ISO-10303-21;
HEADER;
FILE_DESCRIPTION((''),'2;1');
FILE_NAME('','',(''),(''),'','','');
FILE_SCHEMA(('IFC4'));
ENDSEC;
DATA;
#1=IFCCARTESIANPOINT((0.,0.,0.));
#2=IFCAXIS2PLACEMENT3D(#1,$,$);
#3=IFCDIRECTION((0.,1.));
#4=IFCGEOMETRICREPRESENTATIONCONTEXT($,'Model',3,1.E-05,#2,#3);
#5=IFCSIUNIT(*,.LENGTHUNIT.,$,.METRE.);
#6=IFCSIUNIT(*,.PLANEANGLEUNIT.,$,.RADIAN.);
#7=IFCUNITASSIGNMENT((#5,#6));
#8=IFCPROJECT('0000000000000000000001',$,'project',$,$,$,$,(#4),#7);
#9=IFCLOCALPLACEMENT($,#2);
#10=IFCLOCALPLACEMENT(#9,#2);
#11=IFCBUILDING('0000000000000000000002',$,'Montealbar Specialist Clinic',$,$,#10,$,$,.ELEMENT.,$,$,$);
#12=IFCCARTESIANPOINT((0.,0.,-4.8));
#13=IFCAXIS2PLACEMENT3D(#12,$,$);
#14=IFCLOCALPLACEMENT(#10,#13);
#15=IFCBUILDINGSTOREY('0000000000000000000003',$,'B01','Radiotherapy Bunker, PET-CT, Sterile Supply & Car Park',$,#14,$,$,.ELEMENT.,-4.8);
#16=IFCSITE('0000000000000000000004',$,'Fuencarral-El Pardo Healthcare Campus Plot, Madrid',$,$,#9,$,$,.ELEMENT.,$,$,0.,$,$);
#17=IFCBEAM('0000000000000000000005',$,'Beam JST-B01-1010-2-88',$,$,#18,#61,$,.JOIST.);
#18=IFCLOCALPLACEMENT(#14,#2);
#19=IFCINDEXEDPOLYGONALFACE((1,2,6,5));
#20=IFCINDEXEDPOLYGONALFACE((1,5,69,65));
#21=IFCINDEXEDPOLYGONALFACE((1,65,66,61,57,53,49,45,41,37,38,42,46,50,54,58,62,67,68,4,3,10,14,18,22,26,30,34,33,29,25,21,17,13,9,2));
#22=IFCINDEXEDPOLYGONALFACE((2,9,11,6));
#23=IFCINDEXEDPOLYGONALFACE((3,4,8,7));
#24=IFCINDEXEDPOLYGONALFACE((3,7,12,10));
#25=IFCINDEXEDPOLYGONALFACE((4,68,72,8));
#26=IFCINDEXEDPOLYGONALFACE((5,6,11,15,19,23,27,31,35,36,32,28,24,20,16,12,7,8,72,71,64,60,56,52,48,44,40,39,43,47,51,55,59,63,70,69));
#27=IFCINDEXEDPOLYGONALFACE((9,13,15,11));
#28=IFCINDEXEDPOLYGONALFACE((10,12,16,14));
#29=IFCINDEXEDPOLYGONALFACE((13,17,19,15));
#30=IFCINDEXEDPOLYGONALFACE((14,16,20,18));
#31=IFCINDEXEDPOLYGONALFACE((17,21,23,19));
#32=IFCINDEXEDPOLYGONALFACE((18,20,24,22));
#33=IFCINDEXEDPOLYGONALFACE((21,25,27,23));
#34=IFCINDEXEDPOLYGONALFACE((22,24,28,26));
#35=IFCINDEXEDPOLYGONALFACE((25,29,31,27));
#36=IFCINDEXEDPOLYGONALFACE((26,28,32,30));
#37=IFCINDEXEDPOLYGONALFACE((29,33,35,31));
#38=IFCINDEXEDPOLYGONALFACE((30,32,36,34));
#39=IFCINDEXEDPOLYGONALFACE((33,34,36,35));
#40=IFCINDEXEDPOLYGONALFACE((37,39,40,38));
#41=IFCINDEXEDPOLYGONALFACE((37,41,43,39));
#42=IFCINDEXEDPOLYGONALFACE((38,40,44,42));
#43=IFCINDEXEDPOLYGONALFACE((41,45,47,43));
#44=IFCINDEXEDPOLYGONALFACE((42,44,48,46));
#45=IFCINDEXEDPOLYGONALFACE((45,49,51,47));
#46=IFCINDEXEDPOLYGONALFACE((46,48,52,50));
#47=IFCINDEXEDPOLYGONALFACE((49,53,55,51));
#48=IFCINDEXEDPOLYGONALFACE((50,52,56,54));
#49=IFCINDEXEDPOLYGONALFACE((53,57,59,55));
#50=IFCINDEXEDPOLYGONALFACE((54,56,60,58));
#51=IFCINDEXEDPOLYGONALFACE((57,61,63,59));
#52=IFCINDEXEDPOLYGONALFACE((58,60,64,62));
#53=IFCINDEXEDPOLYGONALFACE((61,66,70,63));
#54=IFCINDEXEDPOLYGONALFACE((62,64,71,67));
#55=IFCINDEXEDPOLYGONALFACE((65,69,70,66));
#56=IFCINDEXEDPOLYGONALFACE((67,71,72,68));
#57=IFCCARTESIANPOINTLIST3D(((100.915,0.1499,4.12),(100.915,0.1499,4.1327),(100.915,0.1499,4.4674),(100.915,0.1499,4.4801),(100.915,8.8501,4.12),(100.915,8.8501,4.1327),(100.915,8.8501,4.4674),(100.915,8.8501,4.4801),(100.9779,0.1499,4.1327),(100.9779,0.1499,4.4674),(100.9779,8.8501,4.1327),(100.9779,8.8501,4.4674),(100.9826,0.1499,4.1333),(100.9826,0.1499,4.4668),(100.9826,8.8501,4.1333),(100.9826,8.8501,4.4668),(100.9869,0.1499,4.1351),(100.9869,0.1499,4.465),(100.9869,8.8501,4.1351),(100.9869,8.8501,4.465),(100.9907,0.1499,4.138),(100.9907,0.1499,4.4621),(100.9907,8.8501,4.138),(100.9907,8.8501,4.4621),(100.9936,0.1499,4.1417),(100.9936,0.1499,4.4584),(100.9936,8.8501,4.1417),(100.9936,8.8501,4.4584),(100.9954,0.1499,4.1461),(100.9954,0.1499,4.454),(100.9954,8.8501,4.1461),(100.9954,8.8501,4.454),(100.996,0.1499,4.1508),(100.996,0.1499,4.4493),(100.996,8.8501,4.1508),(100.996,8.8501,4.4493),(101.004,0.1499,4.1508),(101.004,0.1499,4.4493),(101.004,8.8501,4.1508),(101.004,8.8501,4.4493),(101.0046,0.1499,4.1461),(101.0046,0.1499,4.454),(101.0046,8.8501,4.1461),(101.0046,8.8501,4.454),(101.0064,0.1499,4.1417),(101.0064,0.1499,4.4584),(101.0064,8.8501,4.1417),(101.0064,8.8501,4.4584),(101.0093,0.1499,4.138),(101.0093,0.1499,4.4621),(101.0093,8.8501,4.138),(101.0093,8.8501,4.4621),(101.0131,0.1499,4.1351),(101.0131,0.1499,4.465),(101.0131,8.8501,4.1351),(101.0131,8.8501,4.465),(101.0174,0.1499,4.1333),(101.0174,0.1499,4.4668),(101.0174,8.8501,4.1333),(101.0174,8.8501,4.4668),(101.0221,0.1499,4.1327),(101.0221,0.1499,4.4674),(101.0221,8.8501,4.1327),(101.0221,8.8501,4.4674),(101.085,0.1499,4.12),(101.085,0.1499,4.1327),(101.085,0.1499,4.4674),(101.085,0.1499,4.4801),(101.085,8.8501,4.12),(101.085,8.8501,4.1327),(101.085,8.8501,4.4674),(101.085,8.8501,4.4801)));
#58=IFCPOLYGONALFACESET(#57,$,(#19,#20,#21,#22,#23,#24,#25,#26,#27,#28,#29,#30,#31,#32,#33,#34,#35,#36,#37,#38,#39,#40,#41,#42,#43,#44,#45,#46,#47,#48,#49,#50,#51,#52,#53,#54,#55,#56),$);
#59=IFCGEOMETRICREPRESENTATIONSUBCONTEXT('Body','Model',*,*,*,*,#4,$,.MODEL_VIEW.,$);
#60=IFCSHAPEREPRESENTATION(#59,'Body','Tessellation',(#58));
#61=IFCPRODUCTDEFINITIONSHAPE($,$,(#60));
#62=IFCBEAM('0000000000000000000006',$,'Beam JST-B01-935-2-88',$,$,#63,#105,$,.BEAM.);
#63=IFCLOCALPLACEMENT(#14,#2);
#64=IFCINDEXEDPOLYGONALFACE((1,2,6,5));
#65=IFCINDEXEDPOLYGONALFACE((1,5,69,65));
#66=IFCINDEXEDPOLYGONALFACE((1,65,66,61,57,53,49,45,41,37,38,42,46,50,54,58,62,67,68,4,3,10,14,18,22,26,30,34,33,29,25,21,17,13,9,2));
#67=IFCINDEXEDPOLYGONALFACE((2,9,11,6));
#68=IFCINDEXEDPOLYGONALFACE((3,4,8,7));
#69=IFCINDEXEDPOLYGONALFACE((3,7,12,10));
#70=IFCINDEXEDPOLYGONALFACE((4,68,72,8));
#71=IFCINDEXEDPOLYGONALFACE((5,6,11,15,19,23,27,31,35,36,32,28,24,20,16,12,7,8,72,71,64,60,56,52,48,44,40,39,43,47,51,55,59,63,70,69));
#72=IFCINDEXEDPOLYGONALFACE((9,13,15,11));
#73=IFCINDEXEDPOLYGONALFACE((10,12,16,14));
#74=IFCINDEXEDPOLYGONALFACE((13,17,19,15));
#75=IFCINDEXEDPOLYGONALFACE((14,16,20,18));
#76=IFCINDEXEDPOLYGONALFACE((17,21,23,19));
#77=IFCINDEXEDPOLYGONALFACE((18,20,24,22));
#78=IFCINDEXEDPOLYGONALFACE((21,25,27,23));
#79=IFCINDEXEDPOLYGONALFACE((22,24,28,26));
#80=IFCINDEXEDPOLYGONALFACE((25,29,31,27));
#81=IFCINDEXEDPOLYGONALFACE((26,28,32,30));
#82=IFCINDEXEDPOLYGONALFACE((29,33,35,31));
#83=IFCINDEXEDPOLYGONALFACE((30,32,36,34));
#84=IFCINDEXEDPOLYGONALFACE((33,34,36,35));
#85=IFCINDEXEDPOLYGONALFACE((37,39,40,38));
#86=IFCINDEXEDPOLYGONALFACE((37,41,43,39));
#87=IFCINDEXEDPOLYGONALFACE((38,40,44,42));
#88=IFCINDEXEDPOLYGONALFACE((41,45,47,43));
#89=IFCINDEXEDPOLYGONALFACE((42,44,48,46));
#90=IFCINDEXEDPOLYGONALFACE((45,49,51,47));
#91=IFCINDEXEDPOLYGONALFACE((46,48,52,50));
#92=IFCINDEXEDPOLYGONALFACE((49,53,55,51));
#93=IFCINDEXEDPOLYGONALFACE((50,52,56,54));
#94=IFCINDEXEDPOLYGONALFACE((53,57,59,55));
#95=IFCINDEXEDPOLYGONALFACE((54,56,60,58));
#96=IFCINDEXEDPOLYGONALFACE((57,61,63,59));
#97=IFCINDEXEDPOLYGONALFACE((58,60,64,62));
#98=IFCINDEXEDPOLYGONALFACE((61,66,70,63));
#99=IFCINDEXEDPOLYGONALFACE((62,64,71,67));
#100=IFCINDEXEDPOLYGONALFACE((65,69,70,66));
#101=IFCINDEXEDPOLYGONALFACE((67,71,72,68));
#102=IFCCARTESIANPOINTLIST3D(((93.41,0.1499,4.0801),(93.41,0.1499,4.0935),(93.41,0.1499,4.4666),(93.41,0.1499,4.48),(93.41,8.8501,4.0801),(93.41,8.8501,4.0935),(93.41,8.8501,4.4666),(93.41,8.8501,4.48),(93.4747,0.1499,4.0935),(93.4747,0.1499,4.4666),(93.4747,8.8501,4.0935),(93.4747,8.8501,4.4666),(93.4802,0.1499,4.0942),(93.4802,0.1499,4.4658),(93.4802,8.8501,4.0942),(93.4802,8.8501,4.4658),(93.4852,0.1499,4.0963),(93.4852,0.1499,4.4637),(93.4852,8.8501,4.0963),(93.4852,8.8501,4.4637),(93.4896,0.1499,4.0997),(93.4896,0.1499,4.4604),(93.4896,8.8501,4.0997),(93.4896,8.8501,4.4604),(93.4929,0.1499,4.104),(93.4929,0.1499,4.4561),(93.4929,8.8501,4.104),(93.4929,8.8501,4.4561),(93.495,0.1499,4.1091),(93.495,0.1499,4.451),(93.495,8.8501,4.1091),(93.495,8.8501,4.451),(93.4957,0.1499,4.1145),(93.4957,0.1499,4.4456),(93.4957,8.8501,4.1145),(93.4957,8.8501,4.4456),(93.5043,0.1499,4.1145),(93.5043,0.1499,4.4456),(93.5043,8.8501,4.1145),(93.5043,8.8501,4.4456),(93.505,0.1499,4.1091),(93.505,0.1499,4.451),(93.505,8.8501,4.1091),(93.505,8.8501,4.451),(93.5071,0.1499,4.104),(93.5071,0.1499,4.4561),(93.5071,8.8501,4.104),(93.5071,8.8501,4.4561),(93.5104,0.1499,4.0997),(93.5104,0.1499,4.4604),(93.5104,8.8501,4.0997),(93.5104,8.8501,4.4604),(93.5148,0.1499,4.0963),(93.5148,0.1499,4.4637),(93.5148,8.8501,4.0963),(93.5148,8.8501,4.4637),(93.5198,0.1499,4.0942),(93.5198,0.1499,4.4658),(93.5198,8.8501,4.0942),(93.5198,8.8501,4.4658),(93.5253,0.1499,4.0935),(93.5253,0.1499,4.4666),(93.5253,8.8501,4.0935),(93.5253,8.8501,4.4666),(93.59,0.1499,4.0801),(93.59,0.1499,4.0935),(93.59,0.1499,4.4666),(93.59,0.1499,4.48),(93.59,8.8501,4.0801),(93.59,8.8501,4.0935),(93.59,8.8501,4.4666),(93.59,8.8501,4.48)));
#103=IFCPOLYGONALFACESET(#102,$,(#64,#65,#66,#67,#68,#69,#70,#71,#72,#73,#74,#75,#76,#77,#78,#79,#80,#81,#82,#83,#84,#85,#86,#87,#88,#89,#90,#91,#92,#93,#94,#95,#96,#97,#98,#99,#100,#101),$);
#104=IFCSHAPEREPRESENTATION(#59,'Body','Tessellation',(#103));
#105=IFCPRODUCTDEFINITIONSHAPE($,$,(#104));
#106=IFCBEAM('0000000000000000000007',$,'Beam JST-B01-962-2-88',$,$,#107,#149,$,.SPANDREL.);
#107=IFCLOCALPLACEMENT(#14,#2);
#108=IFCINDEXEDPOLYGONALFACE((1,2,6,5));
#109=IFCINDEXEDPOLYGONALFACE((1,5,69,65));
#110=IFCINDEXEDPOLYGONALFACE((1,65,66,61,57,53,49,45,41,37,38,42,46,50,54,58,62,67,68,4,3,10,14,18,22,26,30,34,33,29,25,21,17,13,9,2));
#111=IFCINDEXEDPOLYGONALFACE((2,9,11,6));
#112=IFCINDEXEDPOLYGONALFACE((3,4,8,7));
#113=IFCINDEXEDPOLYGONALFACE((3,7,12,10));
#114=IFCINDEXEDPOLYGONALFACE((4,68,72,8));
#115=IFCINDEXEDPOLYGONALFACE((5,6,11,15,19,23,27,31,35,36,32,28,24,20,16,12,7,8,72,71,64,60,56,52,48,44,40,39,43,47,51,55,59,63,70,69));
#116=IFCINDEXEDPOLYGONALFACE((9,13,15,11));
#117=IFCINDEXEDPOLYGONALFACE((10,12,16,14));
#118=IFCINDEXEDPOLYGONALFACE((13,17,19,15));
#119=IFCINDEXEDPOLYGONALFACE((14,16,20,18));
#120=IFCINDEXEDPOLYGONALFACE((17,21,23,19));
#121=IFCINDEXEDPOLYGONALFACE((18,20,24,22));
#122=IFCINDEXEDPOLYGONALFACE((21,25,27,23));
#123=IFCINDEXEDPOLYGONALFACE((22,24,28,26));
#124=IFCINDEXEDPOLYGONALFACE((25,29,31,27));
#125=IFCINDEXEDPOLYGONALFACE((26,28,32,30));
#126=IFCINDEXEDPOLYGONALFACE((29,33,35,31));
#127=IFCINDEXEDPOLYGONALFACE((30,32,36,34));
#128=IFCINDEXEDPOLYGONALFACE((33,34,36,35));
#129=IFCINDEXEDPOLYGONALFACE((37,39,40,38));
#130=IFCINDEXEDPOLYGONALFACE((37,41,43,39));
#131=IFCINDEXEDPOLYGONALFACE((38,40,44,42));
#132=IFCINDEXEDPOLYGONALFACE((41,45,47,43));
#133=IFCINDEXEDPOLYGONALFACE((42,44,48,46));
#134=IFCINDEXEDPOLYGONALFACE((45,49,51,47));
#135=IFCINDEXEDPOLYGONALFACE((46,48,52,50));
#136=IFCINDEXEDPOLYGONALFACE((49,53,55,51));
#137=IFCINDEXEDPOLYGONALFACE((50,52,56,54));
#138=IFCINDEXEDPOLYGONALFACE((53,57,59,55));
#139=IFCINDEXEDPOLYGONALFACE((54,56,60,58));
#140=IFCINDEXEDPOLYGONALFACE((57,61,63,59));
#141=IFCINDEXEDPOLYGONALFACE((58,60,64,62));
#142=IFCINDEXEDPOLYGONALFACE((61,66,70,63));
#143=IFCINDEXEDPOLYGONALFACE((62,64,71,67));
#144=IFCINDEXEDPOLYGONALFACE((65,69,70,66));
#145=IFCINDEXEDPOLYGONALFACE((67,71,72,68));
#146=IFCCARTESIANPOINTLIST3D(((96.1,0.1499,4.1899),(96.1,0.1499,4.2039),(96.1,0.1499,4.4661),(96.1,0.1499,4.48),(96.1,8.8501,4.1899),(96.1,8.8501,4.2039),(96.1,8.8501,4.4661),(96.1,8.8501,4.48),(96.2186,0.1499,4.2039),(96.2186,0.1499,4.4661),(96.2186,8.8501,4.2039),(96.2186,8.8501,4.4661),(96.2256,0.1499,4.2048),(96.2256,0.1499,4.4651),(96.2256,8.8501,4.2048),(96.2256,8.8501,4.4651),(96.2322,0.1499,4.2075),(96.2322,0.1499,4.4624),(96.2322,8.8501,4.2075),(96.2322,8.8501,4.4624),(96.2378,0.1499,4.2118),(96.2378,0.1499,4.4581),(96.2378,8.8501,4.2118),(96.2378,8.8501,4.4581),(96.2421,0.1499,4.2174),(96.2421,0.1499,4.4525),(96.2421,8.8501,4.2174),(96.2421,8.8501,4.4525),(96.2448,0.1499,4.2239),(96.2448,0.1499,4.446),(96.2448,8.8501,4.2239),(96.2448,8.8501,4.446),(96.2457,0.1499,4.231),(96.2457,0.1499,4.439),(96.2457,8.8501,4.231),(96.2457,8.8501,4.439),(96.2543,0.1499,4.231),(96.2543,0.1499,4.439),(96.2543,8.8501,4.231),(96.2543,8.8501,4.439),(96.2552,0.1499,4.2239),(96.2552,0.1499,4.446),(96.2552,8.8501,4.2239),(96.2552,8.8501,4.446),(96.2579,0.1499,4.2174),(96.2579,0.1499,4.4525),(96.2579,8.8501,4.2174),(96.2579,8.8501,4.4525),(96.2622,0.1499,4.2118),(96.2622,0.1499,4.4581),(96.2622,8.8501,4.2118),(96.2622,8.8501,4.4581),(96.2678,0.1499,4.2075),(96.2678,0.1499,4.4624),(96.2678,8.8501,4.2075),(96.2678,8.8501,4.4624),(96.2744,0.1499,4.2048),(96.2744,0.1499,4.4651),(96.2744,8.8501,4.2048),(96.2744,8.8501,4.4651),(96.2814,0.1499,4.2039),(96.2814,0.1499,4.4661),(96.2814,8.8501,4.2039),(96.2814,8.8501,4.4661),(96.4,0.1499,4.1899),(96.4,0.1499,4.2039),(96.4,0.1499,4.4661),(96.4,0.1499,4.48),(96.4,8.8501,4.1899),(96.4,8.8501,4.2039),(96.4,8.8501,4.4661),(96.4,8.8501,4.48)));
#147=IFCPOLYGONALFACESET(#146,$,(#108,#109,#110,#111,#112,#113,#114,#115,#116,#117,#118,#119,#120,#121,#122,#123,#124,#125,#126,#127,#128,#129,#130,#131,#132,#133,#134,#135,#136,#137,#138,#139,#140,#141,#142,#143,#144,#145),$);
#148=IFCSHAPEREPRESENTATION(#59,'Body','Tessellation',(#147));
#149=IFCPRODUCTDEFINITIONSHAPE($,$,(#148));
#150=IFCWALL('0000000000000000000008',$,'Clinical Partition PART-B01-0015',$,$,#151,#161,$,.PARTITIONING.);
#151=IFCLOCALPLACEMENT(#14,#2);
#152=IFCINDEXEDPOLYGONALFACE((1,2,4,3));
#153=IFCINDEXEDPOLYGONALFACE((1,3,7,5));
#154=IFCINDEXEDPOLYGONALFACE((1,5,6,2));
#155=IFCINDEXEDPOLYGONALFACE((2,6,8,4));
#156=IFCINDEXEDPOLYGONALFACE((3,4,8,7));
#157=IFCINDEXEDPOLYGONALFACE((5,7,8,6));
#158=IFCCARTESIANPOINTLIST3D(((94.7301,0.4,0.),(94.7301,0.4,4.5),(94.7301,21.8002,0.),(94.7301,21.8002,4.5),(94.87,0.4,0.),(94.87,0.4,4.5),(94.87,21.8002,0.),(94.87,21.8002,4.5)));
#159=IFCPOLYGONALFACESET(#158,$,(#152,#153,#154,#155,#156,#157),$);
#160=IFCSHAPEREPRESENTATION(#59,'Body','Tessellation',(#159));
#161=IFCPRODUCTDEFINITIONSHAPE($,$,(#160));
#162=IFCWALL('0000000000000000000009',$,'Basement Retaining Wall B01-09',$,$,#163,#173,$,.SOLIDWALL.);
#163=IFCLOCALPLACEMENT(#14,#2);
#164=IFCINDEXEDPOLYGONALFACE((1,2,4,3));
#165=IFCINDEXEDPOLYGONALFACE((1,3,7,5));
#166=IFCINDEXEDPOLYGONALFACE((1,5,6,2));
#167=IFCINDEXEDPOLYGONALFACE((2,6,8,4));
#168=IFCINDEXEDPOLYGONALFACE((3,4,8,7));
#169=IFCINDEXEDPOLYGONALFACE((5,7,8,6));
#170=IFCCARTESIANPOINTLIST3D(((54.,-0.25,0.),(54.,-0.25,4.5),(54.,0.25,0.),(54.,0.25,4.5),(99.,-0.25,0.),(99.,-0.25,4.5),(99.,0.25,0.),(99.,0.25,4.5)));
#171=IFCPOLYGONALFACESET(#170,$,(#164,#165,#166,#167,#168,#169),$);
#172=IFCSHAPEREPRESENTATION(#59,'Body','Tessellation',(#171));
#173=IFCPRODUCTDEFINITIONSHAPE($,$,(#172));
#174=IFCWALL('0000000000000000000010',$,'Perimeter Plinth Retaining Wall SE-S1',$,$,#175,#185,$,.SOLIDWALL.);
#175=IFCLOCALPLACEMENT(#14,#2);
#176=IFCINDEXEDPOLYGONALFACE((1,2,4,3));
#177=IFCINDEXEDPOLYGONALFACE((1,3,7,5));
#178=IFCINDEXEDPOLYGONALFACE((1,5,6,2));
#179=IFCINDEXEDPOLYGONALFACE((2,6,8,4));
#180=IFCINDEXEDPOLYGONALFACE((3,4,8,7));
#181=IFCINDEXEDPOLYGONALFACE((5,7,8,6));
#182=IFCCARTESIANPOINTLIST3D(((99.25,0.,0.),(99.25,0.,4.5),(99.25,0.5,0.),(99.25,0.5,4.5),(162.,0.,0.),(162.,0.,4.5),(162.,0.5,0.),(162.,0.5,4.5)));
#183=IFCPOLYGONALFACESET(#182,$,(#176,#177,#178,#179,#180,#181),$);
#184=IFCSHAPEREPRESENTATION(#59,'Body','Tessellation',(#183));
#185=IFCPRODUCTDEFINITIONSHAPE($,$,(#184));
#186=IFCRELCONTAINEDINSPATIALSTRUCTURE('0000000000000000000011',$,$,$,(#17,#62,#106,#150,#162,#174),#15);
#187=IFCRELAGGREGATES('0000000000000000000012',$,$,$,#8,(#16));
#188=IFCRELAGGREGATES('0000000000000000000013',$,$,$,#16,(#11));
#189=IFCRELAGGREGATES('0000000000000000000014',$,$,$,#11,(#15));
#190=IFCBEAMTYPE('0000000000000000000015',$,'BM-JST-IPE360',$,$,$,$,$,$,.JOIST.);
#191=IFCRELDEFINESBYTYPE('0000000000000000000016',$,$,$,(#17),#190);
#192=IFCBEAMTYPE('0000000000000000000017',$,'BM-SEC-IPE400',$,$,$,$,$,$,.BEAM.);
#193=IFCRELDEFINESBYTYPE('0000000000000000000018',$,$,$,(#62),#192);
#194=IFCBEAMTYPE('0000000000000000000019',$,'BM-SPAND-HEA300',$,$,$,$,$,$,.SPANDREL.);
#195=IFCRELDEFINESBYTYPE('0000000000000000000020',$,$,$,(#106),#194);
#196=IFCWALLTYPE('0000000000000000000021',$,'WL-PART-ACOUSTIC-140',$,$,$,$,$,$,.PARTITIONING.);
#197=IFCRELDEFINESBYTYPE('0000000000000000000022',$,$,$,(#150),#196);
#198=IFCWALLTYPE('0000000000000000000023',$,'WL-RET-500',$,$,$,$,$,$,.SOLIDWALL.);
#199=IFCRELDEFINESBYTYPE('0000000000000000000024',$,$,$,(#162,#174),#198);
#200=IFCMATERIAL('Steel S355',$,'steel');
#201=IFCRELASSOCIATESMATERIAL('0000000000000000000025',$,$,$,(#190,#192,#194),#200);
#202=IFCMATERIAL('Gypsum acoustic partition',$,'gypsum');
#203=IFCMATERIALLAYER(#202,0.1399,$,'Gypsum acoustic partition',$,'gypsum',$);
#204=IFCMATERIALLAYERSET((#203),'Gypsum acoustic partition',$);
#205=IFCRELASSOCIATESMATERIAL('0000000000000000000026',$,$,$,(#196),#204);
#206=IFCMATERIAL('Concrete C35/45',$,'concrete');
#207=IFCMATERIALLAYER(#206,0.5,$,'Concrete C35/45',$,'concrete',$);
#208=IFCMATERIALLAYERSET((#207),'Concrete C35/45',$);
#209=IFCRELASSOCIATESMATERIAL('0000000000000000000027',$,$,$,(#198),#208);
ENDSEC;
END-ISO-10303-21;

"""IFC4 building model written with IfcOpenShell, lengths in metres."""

from ifc_helpers import new_model, si_unit, direction, frame, frame_2d, origin, origin_2d, place, context, subcontext, project, spatial, rectangle, i_section, extrude, material, layer, layer_set, material_profile, profile_set, type_object, element, save


model = new_model("IFC4")

# Units and contexts
model_context = context("Model", 3, precision=1e-05, world=origin(), true_north=direction((0.0, 1.0)))
body_context = subcontext(model_context, "Body", "Model", "MODEL_VIEW")
ifc_project = project(units=[si_unit("LENGTHUNIT", "METRE"), si_unit("PLANEANGLEUNIT", "RADIAN")], contexts=[model_context])

# Site, building, storey
site_placement = place(None, origin())
site = spatial("IfcSite", under=ifc_project, at=site_placement, Name="Fuencarral-El Pardo Healthcare Campus Plot, Madrid", CompositionType="ELEMENT", RefElevation=0.0)
building_placement = place(site_placement, origin())
building = spatial("IfcBuilding", under=site, at=building_placement, Name="Montealbar Specialist Clinic", CompositionType="ELEMENT")
storey_placement = place(building_placement, frame((0.0, 0.0, -4.8)))
storey = spatial("IfcBuildingStorey", under=building, at=storey_placement, Name="B01", Description="Radiotherapy Bunker, PET-CT, Sterile Supply & Car Park", CompositionType="ELEMENT", Elevation=-4.8)

# Shared definitions
ifc_material_1 = material(Name="Concrete C35/45", Category="concrete")

# Shared definitions
ifc_material_2 = material(Name="Steel S355", Category="steel")

# Beams
ifc_material_profile_1 = material_profile(ifc_material_2, i_section(OverallWidth=0.1699, OverallDepth=0.3601, WebThickness=0.0081, FlangeThickness=0.0127, FilletRadius=0.0181, at=origin_2d()), Name="IPE 360", Category="steel")
ifc_profile_set_1 = profile_set([ifc_material_profile_1], Name="Steel S355")
beam_type_1 = type_object("IfcBeamType", Name="BM-JST-IPE360", PredefinedType="JOIST", material=ifc_profile_set_1)
beam_1_placement = place(storey_placement, frame((101.0, 0.1499, 4.3), z_axis=(0.0, 1.0, 0.0), x_axis=(-1.0, 0.0, 0.0)))
element("IfcBeam", 1, at=beam_1_placement, inside=storey, type_object=beam_type_1, Name="Beam JST-B01-1010-2-88", PredefinedType="JOIST", context=body_context, shape_type="SweptSolid", body=[
    extrude(i_section(OverallWidth=0.1699, OverallDepth=0.3601, WebThickness=0.0081, FlangeThickness=0.0127, FilletRadius=0.0181, at=origin_2d()), origin(), (0.0, 0.0, 1.0), 8.7002),
])
ifc_material_profile_2 = material_profile(ifc_material_2, i_section(OverallWidth=0.1799, OverallDepth=0.3999, WebThickness=0.0085, FlangeThickness=0.0134, FilletRadius=0.021, at=origin_2d()), Name="IPE 400", Category="steel")
ifc_profile_set_2 = profile_set([ifc_material_profile_2], Name="Steel S355")
beam_type_2 = type_object("IfcBeamType", Name="BM-SEC-IPE400", PredefinedType="BEAM", material=ifc_profile_set_2)
beam_2_placement = place(storey_placement, frame((93.5, 0.1499, 4.28), z_axis=(0.0, 1.0, 0.0), x_axis=(-1.0, 0.0, 0.0)))
element("IfcBeam", 2, at=beam_2_placement, inside=storey, type_object=beam_type_2, Name="Beam JST-B01-935-2-88", PredefinedType="BEAM", context=body_context, shape_type="SweptSolid", body=[
    extrude(i_section(OverallWidth=0.1799, OverallDepth=0.3999, WebThickness=0.0085, FlangeThickness=0.0134, FilletRadius=0.021, at=origin_2d()), origin(), (0.0, 0.0, 1.0), 8.7002),
])
ifc_material_profile_3 = material_profile(ifc_material_2, i_section(OverallWidth=0.3, OverallDepth=0.29, WebThickness=0.0085, FlangeThickness=0.0139, FilletRadius=0.0271, at=origin_2d()), Name="HEA 300", Category="steel")
ifc_profile_set_3 = profile_set([ifc_material_profile_3], Name="Steel S355")
beam_type_3 = type_object("IfcBeamType", Name="BM-SPAND-HEA300", PredefinedType="SPANDREL", material=ifc_profile_set_3)
beam_3_placement = place(storey_placement, frame((96.25, 0.1499, 4.335), z_axis=(0.0, 1.0, 0.0), x_axis=(-1.0, 0.0, 0.0)))
element("IfcBeam", 3, at=beam_3_placement, inside=storey, type_object=beam_type_3, Name="Beam JST-B01-962-2-88", PredefinedType="SPANDREL", context=body_context, shape_type="SweptSolid", body=[
    extrude(i_section(OverallWidth=0.3, OverallDepth=0.29, WebThickness=0.0085, FlangeThickness=0.0139, FilletRadius=0.0271, at=origin_2d()), origin(), (0.0, 0.0, 1.0), 8.7002),
])

# Walls
ifc_material_3 = material(Name="Gypsum acoustic partition", Category="gypsum")
ifc_layer_1 = layer(ifc_material_3, 0.1399, Name="Gypsum acoustic partition", Category="gypsum")
ifc_layer_set_1 = layer_set([ifc_layer_1], Name="Gypsum acoustic partition")
wall_type_1 = type_object("IfcWallType", Name="WL-PART-ACOUSTIC-140", PredefinedType="PARTITIONING", material=ifc_layer_set_1)
wall_1_placement = place(storey_placement, frame((94.8, 0.3999, 0.0), z_axis=(0.0, 0.0, 1.0), x_axis=(0.0, 1.0, 0.0)))
element("IfcWall", 4, at=wall_1_placement, inside=storey, type_object=wall_type_1, Name="Clinical Partition PART-B01-0015", PredefinedType="PARTITIONING", context=body_context, shape_type="SweptSolid", body=[
    extrude(rectangle(XDim=21.4001, YDim=0.1399, at=frame_2d((10.7002, 0.0))), origin(), (0.0, 0.0, 1.0), 4.5),
])
ifc_layer_2 = layer(ifc_material_1, 0.5, Name="Concrete C35/45", Category="concrete")
ifc_layer_set_2 = layer_set([ifc_layer_2], Name="Concrete C35/45")
wall_type_2 = type_object("IfcWallType", Name="WL-RET-500", PredefinedType="SOLIDWALL", material=ifc_layer_set_2)
wall_2_placement = place(storey_placement, frame((99.0, 0.0, 0.0), z_axis=(0.0, 0.0, 1.0), x_axis=(-1.0, 0.0, 0.0)))
element("IfcWall", 5, at=wall_2_placement, inside=storey, type_object=wall_type_2, Name="Basement Retaining Wall B01-09", PredefinedType="SOLIDWALL", context=body_context, shape_type="SweptSolid", body=[
    extrude(rectangle(XDim=45.0, YDim=0.5, at=frame_2d((22.5, 0.0))), origin(), (0.0, 0.0, 1.0), 4.5),
])
wall_3_placement = place(storey_placement, frame((99.25, 0.25, 0.0), z_axis=(0.0, 0.0, 1.0), x_axis=(1.0, 0.0, 0.0)))
element("IfcWall", 6, at=wall_3_placement, inside=storey, type_object=wall_type_2, Name="Perimeter Plinth Retaining Wall SE-S1", PredefinedType="SOLIDWALL", context=body_context, shape_type="SweptSolid", body=[
    extrude(rectangle(XDim=62.75, YDim=0.5, at=frame_2d((31.375, 0.0))), origin(), (0.0, 0.0, 1.0), 4.5),
])

save(model, "model.ifc")
